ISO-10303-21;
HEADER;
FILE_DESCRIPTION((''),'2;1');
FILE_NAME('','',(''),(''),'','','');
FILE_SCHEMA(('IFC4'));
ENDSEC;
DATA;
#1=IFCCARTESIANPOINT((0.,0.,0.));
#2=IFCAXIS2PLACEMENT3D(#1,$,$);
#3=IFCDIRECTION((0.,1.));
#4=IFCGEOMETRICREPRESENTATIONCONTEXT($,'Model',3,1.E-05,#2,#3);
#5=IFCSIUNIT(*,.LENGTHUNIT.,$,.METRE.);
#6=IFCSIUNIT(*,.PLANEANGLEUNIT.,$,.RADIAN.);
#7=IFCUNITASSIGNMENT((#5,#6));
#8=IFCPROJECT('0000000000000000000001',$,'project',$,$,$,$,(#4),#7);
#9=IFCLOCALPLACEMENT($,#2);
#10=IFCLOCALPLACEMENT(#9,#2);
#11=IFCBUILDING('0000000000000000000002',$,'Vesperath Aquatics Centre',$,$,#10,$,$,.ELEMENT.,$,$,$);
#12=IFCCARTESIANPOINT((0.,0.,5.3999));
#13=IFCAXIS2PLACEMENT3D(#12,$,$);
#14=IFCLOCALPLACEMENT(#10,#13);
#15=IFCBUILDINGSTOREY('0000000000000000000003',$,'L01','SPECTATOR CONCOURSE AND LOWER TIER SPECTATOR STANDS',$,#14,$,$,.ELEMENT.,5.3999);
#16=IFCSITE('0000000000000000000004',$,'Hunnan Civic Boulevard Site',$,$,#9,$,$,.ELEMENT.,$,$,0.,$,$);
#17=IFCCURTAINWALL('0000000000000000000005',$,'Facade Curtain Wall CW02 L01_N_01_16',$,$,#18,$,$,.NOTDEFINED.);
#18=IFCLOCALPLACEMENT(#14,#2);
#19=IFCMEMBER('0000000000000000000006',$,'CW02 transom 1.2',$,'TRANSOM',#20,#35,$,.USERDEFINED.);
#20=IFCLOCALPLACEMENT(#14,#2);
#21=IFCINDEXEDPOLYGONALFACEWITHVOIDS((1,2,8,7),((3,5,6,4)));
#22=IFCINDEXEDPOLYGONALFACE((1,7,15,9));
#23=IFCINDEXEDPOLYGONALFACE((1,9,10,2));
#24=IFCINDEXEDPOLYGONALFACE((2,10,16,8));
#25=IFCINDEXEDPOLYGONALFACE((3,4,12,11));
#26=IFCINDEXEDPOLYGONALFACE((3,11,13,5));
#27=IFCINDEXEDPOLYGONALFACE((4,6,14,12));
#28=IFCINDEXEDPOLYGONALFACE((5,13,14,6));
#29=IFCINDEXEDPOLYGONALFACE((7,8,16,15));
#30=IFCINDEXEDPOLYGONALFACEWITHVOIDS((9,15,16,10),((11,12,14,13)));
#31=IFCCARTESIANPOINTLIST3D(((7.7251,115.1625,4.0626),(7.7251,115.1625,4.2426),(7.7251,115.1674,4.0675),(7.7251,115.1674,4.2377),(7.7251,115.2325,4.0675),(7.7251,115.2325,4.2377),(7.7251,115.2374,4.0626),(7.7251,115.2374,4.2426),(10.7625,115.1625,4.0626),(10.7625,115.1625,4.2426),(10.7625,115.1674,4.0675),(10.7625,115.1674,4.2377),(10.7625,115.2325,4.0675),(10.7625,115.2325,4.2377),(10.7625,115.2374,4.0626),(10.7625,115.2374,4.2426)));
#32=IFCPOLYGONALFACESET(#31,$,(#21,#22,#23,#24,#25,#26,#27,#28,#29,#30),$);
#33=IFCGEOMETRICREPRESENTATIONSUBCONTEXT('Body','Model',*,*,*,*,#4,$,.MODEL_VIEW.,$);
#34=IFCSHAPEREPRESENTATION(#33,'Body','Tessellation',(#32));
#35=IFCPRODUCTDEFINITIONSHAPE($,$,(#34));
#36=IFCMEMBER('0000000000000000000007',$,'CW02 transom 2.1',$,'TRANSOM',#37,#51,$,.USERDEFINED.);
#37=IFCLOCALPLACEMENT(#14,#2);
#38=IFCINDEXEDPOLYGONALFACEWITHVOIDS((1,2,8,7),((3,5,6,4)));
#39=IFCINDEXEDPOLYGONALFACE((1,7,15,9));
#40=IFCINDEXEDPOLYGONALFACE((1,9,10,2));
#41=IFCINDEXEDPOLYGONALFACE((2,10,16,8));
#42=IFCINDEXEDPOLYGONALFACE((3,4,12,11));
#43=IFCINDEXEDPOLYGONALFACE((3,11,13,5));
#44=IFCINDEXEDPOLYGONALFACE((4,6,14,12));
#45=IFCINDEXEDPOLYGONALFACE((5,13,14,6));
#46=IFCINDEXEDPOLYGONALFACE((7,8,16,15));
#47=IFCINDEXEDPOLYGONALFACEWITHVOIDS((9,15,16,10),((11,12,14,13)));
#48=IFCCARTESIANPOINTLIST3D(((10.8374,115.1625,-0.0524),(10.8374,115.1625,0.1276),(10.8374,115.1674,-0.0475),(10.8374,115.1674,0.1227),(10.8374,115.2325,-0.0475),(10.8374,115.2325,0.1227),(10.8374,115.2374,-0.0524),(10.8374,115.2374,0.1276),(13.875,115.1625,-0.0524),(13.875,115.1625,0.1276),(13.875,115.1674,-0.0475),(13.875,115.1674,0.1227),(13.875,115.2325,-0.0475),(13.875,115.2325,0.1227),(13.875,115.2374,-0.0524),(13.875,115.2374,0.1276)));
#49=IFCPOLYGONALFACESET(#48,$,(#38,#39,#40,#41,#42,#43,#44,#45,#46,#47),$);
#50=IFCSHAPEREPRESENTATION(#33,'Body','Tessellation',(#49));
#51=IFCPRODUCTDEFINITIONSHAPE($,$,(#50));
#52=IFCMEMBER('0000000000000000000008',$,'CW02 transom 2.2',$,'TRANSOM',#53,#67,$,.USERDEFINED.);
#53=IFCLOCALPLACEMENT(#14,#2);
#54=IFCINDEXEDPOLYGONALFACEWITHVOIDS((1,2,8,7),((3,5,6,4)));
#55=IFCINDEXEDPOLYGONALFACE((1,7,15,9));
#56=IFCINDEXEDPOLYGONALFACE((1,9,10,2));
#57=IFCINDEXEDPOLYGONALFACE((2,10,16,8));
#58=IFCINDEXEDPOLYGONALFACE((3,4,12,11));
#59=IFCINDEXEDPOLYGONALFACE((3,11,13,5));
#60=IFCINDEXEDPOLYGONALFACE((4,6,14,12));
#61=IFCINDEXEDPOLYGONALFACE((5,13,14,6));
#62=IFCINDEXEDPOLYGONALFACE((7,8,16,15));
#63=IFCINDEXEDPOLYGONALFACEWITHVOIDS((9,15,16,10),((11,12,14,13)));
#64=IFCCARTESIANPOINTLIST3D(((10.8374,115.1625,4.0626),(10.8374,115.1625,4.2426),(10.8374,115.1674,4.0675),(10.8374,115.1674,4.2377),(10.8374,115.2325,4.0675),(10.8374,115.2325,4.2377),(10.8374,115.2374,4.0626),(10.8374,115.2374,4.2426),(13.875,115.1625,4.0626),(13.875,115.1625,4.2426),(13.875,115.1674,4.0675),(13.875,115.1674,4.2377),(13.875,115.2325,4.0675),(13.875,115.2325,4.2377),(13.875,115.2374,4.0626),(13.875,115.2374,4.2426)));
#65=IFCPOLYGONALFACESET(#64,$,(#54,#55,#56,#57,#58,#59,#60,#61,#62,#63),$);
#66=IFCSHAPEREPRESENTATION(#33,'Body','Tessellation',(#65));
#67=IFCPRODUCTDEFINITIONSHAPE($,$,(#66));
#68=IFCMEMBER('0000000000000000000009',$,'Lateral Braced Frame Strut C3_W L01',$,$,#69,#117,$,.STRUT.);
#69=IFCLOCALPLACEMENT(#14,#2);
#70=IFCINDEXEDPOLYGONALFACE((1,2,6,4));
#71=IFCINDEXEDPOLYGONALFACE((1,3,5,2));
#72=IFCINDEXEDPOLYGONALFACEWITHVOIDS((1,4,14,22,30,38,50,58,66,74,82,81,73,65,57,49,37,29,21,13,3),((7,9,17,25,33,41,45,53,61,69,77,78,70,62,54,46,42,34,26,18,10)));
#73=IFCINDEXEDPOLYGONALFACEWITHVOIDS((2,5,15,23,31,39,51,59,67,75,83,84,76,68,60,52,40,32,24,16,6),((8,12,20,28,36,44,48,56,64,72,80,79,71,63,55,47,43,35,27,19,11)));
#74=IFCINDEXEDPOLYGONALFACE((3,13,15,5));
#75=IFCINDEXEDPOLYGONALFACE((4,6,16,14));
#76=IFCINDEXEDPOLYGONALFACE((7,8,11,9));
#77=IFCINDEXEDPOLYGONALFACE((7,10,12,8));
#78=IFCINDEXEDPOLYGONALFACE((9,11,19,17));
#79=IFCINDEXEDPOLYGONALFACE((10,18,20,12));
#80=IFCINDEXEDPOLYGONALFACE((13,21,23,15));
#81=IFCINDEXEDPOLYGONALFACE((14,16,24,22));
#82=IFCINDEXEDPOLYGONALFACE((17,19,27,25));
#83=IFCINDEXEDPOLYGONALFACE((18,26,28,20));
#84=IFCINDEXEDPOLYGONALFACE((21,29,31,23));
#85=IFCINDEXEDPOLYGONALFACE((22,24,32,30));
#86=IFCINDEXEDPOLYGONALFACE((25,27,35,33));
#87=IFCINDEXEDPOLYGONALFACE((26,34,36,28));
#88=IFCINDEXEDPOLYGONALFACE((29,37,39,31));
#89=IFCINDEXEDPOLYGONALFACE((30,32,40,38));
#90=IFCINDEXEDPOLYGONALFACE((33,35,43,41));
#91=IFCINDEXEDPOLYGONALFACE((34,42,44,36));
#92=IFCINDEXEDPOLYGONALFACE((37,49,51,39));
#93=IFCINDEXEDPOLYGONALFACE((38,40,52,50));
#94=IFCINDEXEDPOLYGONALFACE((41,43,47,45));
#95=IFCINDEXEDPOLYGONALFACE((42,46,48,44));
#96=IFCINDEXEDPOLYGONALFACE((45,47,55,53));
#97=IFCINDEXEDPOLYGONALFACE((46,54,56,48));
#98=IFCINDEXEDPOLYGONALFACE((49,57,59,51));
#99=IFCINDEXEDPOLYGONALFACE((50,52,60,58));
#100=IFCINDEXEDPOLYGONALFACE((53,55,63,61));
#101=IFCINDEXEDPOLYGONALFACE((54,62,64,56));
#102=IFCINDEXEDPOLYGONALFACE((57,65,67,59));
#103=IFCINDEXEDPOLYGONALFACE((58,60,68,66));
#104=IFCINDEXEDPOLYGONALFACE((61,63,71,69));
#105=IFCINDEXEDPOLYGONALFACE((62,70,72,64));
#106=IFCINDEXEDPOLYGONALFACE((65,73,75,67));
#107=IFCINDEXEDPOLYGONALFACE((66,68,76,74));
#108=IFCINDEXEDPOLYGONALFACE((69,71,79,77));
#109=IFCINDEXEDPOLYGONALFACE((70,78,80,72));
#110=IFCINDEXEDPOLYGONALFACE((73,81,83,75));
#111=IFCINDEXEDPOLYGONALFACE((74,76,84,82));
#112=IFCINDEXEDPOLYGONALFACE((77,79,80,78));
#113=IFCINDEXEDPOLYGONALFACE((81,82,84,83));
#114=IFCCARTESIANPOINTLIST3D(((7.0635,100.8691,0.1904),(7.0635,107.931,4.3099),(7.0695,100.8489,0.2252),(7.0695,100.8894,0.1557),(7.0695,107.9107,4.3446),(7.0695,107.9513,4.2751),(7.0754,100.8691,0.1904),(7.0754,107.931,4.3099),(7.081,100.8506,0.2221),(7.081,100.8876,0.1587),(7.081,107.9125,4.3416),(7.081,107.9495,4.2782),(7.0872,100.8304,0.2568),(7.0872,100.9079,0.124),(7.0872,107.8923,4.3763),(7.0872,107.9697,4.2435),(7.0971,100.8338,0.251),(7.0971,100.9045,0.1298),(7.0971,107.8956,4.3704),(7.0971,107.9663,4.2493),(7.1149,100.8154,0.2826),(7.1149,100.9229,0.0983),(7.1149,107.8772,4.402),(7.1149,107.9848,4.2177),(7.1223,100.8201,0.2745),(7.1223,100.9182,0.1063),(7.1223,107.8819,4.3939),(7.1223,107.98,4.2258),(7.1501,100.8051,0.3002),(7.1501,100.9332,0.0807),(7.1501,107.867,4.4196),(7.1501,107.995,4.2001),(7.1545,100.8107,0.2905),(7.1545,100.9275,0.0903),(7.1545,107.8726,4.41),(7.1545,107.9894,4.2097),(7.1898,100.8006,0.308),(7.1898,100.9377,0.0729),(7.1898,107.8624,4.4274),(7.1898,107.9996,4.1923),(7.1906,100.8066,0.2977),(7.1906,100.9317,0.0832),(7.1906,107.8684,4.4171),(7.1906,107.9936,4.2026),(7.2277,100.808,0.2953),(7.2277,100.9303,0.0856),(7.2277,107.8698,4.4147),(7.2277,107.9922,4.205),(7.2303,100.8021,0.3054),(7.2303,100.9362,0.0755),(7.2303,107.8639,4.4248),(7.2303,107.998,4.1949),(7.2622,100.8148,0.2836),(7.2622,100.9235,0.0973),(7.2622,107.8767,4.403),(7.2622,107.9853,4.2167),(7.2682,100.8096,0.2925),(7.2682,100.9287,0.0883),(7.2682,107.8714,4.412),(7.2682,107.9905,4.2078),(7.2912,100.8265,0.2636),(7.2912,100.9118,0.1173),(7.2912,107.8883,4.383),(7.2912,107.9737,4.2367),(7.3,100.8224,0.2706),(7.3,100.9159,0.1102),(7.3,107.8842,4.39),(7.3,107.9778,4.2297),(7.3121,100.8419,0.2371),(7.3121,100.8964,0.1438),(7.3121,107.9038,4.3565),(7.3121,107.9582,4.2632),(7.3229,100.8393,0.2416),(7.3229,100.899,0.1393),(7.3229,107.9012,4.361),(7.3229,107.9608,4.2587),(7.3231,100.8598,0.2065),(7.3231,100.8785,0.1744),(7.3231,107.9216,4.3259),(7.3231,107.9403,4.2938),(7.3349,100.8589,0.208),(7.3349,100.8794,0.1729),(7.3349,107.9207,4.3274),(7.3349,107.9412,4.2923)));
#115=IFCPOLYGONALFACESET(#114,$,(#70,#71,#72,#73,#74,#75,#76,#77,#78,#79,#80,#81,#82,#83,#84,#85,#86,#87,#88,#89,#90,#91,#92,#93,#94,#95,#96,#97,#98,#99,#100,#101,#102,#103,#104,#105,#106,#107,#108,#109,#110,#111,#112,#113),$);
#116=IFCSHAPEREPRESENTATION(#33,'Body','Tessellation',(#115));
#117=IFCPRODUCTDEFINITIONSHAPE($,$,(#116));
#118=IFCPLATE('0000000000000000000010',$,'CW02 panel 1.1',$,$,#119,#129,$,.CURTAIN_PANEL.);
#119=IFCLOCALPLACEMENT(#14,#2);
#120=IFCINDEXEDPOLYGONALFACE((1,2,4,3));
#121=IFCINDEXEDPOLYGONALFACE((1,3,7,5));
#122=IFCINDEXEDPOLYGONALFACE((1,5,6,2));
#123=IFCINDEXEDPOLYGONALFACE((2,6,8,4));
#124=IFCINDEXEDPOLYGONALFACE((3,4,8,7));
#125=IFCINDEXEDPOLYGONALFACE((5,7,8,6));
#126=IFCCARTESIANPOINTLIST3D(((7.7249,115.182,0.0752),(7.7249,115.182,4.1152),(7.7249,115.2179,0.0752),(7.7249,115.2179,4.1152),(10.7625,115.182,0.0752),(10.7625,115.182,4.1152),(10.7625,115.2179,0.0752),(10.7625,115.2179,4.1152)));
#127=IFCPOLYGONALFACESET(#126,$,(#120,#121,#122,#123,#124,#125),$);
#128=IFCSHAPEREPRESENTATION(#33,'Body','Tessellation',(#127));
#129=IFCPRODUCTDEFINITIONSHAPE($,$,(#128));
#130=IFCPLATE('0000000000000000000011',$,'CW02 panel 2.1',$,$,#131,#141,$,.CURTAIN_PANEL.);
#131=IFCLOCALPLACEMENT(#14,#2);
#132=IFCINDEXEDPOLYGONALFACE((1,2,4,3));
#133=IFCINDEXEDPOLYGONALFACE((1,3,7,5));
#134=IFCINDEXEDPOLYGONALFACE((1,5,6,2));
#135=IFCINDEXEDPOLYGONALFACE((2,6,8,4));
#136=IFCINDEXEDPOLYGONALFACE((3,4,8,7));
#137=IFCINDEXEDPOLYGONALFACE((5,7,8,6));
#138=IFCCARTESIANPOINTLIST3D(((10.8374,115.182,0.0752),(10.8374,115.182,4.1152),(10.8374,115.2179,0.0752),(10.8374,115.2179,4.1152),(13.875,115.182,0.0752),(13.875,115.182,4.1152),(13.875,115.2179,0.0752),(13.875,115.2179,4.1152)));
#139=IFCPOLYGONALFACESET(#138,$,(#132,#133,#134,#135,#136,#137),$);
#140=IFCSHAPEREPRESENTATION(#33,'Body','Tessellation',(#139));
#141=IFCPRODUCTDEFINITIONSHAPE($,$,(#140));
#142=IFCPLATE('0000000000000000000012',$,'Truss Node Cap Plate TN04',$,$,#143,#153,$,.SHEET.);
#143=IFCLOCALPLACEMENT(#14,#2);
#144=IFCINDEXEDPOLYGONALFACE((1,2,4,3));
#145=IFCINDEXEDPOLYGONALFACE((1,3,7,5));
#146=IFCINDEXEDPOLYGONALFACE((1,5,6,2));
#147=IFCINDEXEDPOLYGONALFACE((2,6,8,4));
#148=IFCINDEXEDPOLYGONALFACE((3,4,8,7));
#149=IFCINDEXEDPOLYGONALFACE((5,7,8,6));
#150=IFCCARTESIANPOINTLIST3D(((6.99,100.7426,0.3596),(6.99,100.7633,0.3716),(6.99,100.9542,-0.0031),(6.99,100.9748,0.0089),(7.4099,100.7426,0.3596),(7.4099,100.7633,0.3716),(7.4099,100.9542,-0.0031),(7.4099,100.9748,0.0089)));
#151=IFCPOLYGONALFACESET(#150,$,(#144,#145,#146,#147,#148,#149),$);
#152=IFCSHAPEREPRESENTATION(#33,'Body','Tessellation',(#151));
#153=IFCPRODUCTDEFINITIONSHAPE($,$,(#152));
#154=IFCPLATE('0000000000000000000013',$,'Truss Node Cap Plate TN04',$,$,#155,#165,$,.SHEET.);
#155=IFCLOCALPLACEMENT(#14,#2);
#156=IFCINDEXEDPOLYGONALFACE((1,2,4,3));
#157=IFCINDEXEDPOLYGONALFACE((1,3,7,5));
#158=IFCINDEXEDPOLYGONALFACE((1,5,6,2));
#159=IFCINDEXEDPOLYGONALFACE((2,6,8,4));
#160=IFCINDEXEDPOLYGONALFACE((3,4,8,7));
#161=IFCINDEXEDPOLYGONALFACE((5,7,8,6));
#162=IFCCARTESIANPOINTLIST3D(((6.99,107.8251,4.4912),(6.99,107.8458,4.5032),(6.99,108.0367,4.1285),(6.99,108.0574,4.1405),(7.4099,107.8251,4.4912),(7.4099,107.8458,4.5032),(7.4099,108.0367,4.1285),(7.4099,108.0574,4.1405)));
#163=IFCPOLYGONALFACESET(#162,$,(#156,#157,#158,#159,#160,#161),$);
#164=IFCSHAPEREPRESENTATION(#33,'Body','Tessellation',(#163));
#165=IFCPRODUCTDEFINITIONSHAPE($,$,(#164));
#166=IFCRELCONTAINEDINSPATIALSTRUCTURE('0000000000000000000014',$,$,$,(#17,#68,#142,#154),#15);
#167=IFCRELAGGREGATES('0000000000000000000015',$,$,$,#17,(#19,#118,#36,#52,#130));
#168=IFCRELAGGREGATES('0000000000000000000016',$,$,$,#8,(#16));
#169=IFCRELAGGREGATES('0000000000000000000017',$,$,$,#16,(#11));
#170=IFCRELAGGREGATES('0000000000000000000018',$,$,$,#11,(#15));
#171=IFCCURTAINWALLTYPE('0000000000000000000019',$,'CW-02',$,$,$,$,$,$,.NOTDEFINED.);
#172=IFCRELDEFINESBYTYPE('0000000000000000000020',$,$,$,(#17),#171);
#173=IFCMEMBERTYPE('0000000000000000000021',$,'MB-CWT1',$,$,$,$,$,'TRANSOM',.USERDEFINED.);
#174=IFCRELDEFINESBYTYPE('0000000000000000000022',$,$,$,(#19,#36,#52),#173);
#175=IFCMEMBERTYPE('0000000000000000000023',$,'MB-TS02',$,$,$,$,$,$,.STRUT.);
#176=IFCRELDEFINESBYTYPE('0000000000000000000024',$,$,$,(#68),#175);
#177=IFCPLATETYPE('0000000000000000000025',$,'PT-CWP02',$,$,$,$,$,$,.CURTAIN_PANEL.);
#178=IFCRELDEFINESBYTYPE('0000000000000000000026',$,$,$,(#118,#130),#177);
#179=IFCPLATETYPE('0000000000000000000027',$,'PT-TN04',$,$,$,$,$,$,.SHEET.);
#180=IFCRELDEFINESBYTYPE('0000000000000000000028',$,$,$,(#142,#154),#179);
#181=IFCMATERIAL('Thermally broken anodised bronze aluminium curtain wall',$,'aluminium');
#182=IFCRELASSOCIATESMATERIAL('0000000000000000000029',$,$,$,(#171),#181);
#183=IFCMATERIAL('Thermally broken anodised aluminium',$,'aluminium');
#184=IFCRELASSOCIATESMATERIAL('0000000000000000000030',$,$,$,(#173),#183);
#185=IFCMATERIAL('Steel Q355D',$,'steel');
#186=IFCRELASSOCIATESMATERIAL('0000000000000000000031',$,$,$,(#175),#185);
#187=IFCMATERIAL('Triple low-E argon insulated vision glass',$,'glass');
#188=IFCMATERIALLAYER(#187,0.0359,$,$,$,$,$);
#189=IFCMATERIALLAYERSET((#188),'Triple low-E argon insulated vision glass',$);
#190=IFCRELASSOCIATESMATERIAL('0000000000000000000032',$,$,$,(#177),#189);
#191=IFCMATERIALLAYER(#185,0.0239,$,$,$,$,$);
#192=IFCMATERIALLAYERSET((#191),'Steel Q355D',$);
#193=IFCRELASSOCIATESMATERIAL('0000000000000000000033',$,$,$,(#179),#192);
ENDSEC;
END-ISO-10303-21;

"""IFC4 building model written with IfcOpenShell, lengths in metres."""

from ifc_helpers import new_model, si_unit, direction, frame, origin, origin_2d, place, context, subcontext, project, spatial, rectangle, hollow_rectangle, hollow_circle, extrude, material, layer, layer_set, material_profile, profile_set, type_object, element, aggregate, save


model = new_model("IFC4")

# Units and contexts
model_context = context("Model", 3, precision=1e-05, world=origin(), true_north=direction((0.0, 1.0)))
body_context = subcontext(model_context, "Body", "Model", "MODEL_VIEW")
ifc_project = project(units=[si_unit("LENGTHUNIT", "METRE"), si_unit("PLANEANGLEUNIT", "RADIAN")], contexts=[model_context])

# Site, building, storey
site_placement = place(None, origin())
site = spatial("IfcSite", under=ifc_project, at=site_placement, Name="Hunnan Civic Boulevard Site", CompositionType="ELEMENT", RefElevation=0.0)
building_placement = place(site_placement, origin())
building = spatial("IfcBuilding", under=site, at=building_placement, Name="Vesperath Aquatics Centre", CompositionType="ELEMENT")
storey_placement = place(building_placement, frame((0.0, 0.0, 5.3999)))
storey = spatial("IfcBuildingStorey", under=building, at=storey_placement, Name="L01", Description="SPECTATOR CONCOURSE AND LOWER TIER SPECTATOR STANDS", CompositionType="ELEMENT", Elevation=5.3999)

# Shared definitions
ifc_material_1 = material(Name="Steel Q355D", Category="steel")

# Curtain wall, members
ifc_material_2 = material(Name="Thermally broken anodised bronze aluminium curtain wall", Category="aluminium")
curtain_wall_type = type_object("IfcCurtainWallType", Name="CW-02", PredefinedType="NOTDEFINED", material=ifc_material_2)
curtain_wall_placement = place(storey_placement, origin())
curtain_wall = element("IfcCurtainWall", 1, at=curtain_wall_placement, inside=storey, type_object=curtain_wall_type, Name="Facade Curtain Wall CW02 L01_N_01_16", PredefinedType="NOTDEFINED")
ifc_material_3 = material(Name="Thermally broken anodised aluminium", Category="aluminium")
ifc_material_profile_1 = material_profile(ifc_material_3, hollow_rectangle(XDim=0.075, YDim=0.1799, WallThickness=0.0049, at=origin_2d()), Name="CWT 75x180x5")
ifc_profile_set_1 = profile_set([ifc_material_profile_1], Name="Thermally broken anodised aluminium")
member_type_1 = type_object("IfcMemberType", Name="MB-CWT1", ElementType="TRANSOM", PredefinedType="USERDEFINED", material=ifc_profile_set_1)
member_1_placement = place(storey_placement, frame((7.7251, 115.2, 4.1526), z_axis=(1.0, 0.0, 0.0), x_axis=(0.0, 1.0, 0.0)))
member_1 = element("IfcMember", 2, at=member_1_placement, type_object=member_type_1, Name="CW02 transom 1.2", ObjectType="TRANSOM", PredefinedType="USERDEFINED", context=body_context, shape_type="SweptSolid", body=[
    extrude(hollow_rectangle(XDim=0.075, YDim=0.1799, WallThickness=0.0049, at=origin_2d()), origin(), (0.0, 0.0, 1.0), 3.0374),
])
member_2_placement = place(storey_placement, frame((10.8374, 115.2, 0.0376), z_axis=(1.0, 0.0, 0.0), x_axis=(0.0, 1.0, 0.0)))
member_2 = element("IfcMember", 3, at=member_2_placement, type_object=member_type_1, Name="CW02 transom 2.1", ObjectType="TRANSOM", PredefinedType="USERDEFINED", context=body_context, shape_type="SweptSolid", body=[
    extrude(hollow_rectangle(XDim=0.075, YDim=0.1799, WallThickness=0.0049, at=origin_2d()), origin(), (0.0, 0.0, 1.0), 3.0376),
])
member_3_placement = place(storey_placement, frame((10.8374, 115.2, 4.1526), z_axis=(1.0, 0.0, 0.0), x_axis=(0.0, 1.0, 0.0)))
member_3 = element("IfcMember", 4, at=member_3_placement, type_object=member_type_1, Name="CW02 transom 2.2", ObjectType="TRANSOM", PredefinedType="USERDEFINED", context=body_context, shape_type="SweptSolid", body=[
    extrude(hollow_rectangle(XDim=0.075, YDim=0.1799, WallThickness=0.0049, at=origin_2d()), origin(), (0.0, 0.0, 1.0), 3.0376),
])

# Member
ifc_material_profile_2 = material_profile(ifc_material_1, hollow_circle(Radius=0.1365, WallThickness=0.012, at=origin_2d()), Name="CHS 273.0x12")
ifc_profile_set_2 = profile_set([ifc_material_profile_2], Name="Steel Q355D")
member_type_2 = type_object("IfcMemberType", Name="MB-TS02", PredefinedType="STRUT", material=ifc_profile_set_2)
member_4_placement = place(storey_placement, frame((7.2, 100.8691, 0.1904), z_axis=(0.0, 0.863778, 0.503873), x_axis=(-1.0, 0.0, 0.0)))
element("IfcMember", 5, at=member_4_placement, inside=storey, type_object=member_type_2, Name="Lateral Braced Frame Strut C3_W L01", PredefinedType="STRUT", context=body_context, shape_type="SweptSolid", body=[
    extrude(hollow_circle(Radius=0.1365, WallThickness=0.012, at=origin_2d()), origin(), (0.0, 0.0, 1.0), 8.1755),
])

# Plates
ifc_material_4 = material(Name="Triple low-E argon insulated vision glass", Category="glass")
ifc_layer_1 = layer(ifc_material_4, 0.0359)
ifc_layer_set_1 = layer_set([ifc_layer_1], Name="Triple low-E argon insulated vision glass")
plate_type_1 = type_object("IfcPlateType", Name="PT-CWP02", PredefinedType="CURTAIN_PANEL", material=ifc_layer_set_1)
plate_1_placement = place(storey_placement, frame((9.2437, 115.2, 0.0752), z_axis=(0.0, 0.0, 1.0), x_axis=(1.0, 0.0, 0.0)))
plate_1 = element("IfcPlate", 6, at=plate_1_placement, type_object=plate_type_1, Name="CW02 panel 1.1", PredefinedType="CURTAIN_PANEL", context=body_context, shape_type="SweptSolid", body=[
    extrude(rectangle(XDim=3.0376, YDim=0.0359, at=origin_2d()), origin(), (0.0, 0.0, 1.0), 4.04),
])
plate_2_placement = place(storey_placement, frame((12.3562, 115.2, 0.0752), z_axis=(0.0, 0.0, 1.0), x_axis=(1.0, 0.0, 0.0)))
plate_2 = element("IfcPlate", 7, at=plate_2_placement, type_object=plate_type_1, Name="CW02 panel 2.1", PredefinedType="CURTAIN_PANEL", context=body_context, shape_type="SweptSolid", body=[
    extrude(rectangle(XDim=3.0376, YDim=0.0359, at=origin_2d()), origin(), (0.0, 0.0, 1.0), 4.04),
])
aggregate(curtain_wall, [member_1, plate_1, member_2, member_3, plate_2])

# Plates
ifc_layer_2 = layer(ifc_material_1, 0.0239)
ifc_layer_set_2 = layer_set([ifc_layer_2], Name="Steel Q355D")
plate_type_2 = type_object("IfcPlateType", Name="PT-TN04", PredefinedType="SHEET", material=ifc_layer_set_2)
for number, where, z_axis, x_axis, name in (
    (8, (7.2, 100.8484, 0.1782), (0.0, 0.863779, 0.503871), (-1.0, 0.0, 0.0), "Truss Node Cap Plate TN04"),
    (9, (7.2, 107.9309, 4.3098), (0.0, 0.863779, 0.503871), (-1.0, 0.0, 0.0), "Truss Node Cap Plate TN04"),
):
    element("IfcPlate", number, at=place(storey_placement, frame(where, z_axis=z_axis, x_axis=x_axis)), inside=storey, type_object=plate_type_2, Name=name, PredefinedType="SHEET", context=body_context, shape_type="SweptSolid", body=[
        extrude(rectangle(XDim=0.4199, YDim=0.4199, at=origin_2d()), origin(), (0.0, 0.0, 1.0), 0.0239),
    ])

save(model, "model.ifc")
